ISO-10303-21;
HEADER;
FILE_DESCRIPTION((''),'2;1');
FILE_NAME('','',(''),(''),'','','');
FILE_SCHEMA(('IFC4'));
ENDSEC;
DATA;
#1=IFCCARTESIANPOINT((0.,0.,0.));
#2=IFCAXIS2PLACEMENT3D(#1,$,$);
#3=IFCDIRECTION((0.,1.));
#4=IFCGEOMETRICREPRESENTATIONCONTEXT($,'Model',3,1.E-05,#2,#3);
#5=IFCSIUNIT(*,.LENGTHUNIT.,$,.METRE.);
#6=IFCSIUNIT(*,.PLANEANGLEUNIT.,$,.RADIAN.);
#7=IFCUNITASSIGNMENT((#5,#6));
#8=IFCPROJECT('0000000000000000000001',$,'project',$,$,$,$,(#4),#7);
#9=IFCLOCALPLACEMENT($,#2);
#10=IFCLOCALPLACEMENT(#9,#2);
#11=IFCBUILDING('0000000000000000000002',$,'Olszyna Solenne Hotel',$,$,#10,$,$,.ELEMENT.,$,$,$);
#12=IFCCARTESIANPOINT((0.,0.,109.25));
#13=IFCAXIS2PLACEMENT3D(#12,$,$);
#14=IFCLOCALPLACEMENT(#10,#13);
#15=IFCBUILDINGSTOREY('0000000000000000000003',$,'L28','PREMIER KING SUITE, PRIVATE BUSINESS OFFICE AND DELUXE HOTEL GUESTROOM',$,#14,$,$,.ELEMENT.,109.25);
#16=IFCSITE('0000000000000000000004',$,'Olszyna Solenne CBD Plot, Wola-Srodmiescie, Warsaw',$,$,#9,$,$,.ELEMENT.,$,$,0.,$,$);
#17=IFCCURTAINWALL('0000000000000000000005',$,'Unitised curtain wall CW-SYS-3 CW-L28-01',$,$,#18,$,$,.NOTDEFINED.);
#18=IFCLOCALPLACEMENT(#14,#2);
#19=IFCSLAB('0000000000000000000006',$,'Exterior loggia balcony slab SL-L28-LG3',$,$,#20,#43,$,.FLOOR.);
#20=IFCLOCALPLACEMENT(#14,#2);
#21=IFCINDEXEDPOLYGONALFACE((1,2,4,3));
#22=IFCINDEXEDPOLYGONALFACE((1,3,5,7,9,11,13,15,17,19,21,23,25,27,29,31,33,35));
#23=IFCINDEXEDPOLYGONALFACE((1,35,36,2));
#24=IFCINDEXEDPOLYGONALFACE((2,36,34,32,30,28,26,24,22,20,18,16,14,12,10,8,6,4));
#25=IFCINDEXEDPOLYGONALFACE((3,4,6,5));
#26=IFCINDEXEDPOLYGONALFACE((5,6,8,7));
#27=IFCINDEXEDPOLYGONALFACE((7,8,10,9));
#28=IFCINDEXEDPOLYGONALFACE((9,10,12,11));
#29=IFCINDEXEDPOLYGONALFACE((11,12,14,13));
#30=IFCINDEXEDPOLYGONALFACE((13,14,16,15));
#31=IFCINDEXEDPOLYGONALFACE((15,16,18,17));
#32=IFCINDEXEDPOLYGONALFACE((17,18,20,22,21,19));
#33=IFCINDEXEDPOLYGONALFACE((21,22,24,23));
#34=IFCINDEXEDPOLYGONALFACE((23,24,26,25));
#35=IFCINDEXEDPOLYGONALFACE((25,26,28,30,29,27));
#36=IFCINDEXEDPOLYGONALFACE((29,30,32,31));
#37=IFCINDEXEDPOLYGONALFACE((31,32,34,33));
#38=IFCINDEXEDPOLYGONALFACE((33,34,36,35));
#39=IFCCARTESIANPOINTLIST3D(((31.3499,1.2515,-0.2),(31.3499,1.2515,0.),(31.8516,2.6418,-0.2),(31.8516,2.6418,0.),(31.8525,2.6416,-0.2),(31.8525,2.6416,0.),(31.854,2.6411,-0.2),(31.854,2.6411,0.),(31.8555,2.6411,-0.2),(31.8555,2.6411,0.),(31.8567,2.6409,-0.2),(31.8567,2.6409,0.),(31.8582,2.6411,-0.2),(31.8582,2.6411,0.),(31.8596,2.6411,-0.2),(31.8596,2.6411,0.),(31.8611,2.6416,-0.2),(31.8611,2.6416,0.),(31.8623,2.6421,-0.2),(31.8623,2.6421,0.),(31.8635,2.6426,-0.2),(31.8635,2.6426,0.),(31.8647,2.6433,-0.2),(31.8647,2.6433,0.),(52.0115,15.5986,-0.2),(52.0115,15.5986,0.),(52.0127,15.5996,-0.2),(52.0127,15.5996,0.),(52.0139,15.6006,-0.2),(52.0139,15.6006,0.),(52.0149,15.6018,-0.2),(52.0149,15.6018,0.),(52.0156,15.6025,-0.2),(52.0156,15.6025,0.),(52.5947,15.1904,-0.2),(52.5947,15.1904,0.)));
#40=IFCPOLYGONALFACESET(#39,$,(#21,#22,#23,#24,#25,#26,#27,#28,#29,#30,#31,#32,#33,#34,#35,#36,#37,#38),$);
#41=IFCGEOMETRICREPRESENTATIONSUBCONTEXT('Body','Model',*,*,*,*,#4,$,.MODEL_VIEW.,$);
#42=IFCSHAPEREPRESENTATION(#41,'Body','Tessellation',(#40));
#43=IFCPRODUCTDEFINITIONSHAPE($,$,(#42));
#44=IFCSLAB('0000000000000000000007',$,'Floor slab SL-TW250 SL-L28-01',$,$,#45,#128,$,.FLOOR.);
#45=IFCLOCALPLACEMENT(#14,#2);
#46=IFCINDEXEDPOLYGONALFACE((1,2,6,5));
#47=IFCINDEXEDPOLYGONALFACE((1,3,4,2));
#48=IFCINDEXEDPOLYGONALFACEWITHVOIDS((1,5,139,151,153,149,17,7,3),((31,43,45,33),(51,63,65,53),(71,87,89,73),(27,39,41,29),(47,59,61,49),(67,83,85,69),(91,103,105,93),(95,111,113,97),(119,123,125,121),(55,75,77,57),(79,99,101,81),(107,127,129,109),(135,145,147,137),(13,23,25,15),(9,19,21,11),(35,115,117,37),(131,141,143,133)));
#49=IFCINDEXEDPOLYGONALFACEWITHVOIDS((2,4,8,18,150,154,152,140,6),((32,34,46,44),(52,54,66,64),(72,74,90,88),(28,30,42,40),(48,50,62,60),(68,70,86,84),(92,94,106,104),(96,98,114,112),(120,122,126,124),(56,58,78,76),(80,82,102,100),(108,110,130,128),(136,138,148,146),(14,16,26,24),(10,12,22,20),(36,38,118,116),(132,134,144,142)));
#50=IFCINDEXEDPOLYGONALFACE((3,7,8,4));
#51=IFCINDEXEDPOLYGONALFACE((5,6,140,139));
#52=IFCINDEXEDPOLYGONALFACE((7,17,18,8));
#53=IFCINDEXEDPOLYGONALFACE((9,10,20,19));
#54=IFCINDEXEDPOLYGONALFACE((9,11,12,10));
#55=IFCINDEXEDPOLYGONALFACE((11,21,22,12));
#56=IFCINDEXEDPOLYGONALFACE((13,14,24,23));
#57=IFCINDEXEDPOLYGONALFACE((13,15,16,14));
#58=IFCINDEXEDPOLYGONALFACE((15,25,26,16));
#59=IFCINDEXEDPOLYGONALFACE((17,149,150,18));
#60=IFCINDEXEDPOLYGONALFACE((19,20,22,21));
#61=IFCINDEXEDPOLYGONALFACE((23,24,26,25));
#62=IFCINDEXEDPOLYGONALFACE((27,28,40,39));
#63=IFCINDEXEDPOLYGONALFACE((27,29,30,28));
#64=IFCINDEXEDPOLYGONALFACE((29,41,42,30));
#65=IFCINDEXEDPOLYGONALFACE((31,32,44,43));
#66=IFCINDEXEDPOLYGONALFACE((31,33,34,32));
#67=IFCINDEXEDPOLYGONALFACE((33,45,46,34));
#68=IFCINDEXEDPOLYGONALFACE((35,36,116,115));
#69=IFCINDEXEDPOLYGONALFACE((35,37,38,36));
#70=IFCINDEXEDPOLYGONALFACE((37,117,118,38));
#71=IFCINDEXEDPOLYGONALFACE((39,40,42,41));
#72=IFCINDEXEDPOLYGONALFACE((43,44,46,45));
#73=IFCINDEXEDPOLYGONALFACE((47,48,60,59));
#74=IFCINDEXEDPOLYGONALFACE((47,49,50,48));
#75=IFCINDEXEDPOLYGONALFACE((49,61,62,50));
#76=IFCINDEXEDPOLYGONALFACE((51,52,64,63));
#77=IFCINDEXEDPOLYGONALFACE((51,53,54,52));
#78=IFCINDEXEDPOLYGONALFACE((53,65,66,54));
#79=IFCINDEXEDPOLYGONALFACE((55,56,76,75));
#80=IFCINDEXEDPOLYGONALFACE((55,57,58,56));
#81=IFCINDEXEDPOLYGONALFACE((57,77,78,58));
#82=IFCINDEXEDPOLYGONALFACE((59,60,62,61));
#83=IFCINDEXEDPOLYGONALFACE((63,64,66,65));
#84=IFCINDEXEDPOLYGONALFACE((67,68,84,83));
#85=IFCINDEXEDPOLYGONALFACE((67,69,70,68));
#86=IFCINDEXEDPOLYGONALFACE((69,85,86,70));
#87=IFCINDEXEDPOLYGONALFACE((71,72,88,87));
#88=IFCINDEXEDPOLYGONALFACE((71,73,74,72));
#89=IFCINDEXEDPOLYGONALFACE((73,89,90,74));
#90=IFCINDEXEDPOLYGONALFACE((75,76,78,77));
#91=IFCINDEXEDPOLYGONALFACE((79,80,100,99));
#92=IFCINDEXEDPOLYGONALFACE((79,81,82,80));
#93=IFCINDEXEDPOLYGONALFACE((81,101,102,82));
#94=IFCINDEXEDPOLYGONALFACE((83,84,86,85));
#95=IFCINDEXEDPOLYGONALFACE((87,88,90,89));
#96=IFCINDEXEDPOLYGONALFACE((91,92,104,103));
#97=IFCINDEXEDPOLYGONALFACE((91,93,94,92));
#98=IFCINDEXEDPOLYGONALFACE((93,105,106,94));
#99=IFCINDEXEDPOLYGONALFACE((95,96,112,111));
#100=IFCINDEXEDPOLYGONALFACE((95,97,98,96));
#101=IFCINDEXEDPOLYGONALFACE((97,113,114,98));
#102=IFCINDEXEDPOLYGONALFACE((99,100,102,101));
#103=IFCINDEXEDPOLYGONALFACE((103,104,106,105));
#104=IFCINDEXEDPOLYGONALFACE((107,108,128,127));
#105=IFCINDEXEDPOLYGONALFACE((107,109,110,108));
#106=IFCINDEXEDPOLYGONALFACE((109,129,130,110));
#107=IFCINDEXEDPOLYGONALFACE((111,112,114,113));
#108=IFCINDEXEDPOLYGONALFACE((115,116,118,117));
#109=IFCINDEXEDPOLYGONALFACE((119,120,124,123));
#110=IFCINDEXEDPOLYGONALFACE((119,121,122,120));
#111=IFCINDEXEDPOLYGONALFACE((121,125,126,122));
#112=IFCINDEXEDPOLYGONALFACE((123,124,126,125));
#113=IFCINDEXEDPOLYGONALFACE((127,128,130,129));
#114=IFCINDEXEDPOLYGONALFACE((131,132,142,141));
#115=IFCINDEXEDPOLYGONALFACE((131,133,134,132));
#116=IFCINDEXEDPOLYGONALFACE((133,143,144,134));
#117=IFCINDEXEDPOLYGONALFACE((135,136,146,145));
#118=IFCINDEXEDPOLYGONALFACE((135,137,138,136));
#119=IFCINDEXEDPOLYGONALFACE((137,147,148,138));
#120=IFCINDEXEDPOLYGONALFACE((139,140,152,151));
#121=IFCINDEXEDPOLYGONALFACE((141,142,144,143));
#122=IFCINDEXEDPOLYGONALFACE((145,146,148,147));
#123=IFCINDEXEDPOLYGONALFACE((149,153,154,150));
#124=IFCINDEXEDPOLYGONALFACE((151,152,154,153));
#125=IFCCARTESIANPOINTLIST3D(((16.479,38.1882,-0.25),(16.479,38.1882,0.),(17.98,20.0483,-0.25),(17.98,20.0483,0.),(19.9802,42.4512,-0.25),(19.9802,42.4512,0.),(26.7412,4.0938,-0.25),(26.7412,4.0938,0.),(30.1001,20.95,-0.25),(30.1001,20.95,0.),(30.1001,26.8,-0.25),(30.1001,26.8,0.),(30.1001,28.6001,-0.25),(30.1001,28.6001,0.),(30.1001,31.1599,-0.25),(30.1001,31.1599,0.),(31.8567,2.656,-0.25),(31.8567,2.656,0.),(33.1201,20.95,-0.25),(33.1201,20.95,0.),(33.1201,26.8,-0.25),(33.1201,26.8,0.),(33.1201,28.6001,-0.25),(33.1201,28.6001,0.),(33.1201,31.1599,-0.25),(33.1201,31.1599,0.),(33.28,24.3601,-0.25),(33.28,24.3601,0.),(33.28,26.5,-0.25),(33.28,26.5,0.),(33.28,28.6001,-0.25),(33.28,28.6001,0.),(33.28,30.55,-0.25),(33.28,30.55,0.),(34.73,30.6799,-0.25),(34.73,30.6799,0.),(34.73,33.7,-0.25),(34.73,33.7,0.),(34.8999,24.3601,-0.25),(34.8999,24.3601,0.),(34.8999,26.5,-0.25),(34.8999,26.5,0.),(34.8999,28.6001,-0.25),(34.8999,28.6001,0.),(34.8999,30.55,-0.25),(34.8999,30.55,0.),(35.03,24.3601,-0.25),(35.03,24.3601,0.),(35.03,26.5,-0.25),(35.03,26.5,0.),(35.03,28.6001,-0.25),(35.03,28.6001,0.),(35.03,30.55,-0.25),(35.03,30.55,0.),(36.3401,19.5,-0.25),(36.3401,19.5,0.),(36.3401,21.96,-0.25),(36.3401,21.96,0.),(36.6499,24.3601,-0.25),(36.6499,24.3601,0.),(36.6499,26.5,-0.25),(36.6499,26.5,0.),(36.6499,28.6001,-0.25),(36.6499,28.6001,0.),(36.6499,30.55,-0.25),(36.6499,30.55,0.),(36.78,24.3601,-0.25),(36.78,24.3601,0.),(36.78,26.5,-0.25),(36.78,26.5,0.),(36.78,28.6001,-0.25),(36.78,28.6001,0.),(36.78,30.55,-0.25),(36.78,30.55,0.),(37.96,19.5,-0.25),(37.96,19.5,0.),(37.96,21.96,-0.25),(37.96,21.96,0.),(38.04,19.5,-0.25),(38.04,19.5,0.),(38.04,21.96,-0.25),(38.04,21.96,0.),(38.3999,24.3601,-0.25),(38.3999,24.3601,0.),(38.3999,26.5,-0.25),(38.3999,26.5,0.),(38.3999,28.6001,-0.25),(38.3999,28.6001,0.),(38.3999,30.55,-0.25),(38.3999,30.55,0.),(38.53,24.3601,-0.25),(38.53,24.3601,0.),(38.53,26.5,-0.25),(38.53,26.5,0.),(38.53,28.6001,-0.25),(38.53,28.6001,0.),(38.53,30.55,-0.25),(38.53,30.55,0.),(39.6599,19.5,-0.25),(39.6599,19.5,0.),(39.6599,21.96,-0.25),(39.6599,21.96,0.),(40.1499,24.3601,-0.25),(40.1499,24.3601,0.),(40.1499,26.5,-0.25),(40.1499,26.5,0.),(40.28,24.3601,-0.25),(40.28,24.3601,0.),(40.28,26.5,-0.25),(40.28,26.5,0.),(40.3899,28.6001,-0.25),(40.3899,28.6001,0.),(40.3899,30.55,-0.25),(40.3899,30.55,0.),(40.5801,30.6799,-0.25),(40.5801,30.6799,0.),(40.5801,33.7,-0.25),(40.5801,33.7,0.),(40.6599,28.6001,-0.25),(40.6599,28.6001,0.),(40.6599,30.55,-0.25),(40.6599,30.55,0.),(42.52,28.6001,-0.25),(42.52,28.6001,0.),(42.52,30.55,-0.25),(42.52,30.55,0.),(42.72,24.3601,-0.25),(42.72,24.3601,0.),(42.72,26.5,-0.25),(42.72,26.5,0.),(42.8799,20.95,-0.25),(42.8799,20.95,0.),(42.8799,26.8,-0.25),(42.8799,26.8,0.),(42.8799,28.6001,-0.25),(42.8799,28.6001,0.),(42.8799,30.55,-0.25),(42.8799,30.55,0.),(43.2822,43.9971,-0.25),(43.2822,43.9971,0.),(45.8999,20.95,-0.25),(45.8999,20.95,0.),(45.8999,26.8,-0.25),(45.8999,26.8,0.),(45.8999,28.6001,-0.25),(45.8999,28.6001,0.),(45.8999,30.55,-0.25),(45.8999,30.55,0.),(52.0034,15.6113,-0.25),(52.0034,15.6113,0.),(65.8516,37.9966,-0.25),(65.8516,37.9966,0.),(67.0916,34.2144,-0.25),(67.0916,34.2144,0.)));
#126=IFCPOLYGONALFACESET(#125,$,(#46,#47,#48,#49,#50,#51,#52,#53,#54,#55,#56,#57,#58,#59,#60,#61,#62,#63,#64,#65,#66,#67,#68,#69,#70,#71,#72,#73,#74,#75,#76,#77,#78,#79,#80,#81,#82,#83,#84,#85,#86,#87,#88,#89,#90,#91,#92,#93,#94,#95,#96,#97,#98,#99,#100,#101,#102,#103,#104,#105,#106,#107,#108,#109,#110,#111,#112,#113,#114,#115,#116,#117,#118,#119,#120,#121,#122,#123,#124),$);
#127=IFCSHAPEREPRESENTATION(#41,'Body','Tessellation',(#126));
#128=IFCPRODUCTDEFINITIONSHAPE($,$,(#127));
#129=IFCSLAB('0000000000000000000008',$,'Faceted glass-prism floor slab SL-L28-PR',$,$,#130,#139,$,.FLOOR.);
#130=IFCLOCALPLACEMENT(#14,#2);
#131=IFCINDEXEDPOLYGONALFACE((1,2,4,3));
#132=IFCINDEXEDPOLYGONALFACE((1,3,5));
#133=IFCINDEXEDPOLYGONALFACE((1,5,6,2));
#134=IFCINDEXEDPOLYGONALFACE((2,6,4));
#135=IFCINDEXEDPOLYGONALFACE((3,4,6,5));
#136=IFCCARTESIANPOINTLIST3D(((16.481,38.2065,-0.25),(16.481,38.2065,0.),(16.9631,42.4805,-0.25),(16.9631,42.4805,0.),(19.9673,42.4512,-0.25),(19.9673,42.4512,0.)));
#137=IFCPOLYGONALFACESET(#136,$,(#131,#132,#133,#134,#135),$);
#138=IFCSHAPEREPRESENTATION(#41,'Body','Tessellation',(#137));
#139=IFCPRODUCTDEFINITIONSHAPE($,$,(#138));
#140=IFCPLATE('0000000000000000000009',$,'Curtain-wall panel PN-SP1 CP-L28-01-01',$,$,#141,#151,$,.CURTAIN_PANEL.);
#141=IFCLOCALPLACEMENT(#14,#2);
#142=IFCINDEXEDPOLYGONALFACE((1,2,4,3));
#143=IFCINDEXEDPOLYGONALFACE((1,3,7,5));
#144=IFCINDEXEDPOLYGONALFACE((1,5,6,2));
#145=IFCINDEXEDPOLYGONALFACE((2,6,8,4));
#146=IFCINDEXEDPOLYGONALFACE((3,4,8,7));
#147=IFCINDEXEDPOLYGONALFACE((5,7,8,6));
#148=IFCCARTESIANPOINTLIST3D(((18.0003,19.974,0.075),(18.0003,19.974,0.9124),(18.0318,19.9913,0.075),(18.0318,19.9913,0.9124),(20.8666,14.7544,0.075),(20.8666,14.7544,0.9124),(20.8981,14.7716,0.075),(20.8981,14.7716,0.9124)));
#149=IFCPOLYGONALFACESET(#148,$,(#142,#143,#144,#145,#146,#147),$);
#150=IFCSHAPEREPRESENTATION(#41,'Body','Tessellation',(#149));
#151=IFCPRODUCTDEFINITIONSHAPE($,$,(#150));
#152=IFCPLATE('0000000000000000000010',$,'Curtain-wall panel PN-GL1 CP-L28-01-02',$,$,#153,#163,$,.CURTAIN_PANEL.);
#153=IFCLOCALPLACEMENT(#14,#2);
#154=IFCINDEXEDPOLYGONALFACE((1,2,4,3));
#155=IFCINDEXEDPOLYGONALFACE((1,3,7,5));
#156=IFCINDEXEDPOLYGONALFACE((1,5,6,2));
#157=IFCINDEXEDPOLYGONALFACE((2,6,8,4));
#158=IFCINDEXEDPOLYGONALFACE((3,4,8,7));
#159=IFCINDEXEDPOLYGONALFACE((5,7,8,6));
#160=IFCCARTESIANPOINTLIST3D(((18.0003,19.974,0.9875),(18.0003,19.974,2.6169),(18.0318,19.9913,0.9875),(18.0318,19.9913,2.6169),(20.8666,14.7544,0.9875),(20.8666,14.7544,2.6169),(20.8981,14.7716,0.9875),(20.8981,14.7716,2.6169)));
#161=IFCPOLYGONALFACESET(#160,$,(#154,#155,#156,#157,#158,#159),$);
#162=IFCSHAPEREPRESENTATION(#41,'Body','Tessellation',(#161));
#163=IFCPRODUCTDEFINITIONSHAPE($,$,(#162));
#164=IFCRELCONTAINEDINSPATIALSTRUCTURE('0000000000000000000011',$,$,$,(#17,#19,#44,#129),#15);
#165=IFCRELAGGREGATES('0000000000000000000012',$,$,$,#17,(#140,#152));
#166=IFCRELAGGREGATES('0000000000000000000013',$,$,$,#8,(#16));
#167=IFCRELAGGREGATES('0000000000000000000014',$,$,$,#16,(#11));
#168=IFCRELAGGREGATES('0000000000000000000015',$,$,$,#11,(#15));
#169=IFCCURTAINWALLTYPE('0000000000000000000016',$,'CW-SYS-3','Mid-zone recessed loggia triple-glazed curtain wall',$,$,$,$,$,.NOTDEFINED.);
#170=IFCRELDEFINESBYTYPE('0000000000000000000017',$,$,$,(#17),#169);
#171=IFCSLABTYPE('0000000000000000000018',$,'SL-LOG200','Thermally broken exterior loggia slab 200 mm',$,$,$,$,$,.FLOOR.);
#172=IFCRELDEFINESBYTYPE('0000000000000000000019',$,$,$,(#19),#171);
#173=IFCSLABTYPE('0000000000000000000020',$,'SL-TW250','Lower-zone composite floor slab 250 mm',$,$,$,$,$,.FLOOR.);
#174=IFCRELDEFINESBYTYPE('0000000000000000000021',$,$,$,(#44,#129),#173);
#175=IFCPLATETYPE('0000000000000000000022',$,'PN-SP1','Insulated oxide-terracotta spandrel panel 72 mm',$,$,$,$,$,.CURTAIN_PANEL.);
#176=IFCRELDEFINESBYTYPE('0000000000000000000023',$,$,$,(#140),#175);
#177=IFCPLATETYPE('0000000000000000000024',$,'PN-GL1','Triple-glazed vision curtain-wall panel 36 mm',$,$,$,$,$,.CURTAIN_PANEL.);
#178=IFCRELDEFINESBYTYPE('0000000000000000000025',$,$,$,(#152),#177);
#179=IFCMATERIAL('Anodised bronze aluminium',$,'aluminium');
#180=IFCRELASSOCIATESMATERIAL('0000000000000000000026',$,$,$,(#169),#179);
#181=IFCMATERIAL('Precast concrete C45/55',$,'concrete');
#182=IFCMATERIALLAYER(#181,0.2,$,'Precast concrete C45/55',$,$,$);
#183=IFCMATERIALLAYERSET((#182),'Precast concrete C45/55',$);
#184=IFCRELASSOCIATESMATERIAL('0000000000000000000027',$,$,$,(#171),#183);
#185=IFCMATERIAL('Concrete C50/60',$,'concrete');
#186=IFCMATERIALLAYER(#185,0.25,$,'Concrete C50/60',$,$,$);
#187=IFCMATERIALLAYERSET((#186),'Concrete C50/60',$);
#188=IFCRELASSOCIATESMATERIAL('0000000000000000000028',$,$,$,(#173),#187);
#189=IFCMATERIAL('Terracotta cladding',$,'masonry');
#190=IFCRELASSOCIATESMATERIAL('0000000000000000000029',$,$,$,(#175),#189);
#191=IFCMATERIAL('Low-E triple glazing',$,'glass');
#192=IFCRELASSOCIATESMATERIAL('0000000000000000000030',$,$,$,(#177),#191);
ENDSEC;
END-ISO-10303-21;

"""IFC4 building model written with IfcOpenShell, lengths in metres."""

from ifc_helpers import new_model, si_unit, direction, frame, origin, origin_2d, place, context, subcontext, project, spatial, polyline, rectangle, outline, extrude, source, transform, mapped, material, layer, layer_set, type_object, element, aggregate, save


model = new_model("IFC4")

# Units and contexts
model_context = context("Model", 3, precision=1e-05, world=origin(), true_north=direction((0.0, 1.0)))
body_context = subcontext(model_context, "Body", "Model", "MODEL_VIEW")
ifc_project = project(units=[si_unit("LENGTHUNIT", "METRE"), si_unit("PLANEANGLEUNIT", "RADIAN")], contexts=[model_context])

# Site, building, storey
site_placement = place(None, origin())
site = spatial("IfcSite", under=ifc_project, at=site_placement, Name="Olszyna Solenne CBD Plot, Wola-Srodmiescie, Warsaw", CompositionType="ELEMENT", RefElevation=0.0)
building_placement = place(site_placement, origin())
building = spatial("IfcBuilding", under=site, at=building_placement, Name="Olszyna Solenne Hotel", CompositionType="ELEMENT")
storey_placement = place(building_placement, frame((0.0, 0.0, 109.25)))
storey = spatial("IfcBuildingStorey", under=building, at=storey_placement, Name="L28", Description="PREMIER KING SUITE, PRIVATE BUSINESS OFFICE AND DELUXE HOTEL GUESTROOM", CompositionType="ELEMENT", Elevation=109.25)

# Curtain wall
ifc_material_1 = material(Name="Anodised bronze aluminium", Category="aluminium")
curtain_wall_type = type_object("IfcCurtainWallType", Name="CW-SYS-3", Description="Mid-zone recessed loggia triple-glazed curtain wall", PredefinedType="NOTDEFINED", material=ifc_material_1)
curtain_wall_placement = place(storey_placement, origin())
curtain_wall = element("IfcCurtainWall", 1, at=curtain_wall_placement, inside=storey, type_object=curtain_wall_type, Name="Unitised curtain wall CW-SYS-3 CW-L28-01", PredefinedType="NOTDEFINED")

# Slabs
ifc_material_2 = material(Name="Precast concrete C45/55", Category="concrete")
ifc_layer_1 = layer(ifc_material_2, 0.2, Name="Precast concrete C45/55")
ifc_layer_set_1 = layer_set([ifc_layer_1], Name="Precast concrete C45/55")
slab_type_1 = type_object("IfcSlabType", Name="SL-LOG200", Description="Thermally broken exterior loggia slab 200 mm", PredefinedType="FLOOR", material=ifc_layer_set_1)
slab_1_placement = place(storey_placement, frame((0.0, 0.0, -0.2)))
element("IfcSlab", 2, at=slab_1_placement, inside=storey, type_object=slab_type_1, Name="Exterior loggia balcony slab SL-L28-LG3", PredefinedType="FLOOR", context=body_context, shape_type="SweptSolid", body=[
    extrude(outline(polyline([(52.0156, 15.6025), (52.0149, 15.6018), (52.0139, 15.6006), (52.0127, 15.5996), (52.0115, 15.5986), (31.8647, 2.6433), (31.8635, 2.6426), (31.8623, 2.6421), (31.8611, 2.6416), (31.8596, 2.6411), (31.8582, 2.6411), (31.8567, 2.6409), (31.8555, 2.6411), (31.854, 2.6411), (31.8525, 2.6416), (31.8516, 2.6418), (31.3499, 1.2515), (52.5947, 15.1904), (52.0156, 15.6025)])), origin(), (0.0, 0.0, 1.0), 0.2),
])
ifc_material_3 = material(Name="Concrete C50/60", Category="concrete")
ifc_layer_2 = layer(ifc_material_3, 0.25, Name="Concrete C50/60")
ifc_layer_set_2 = layer_set([ifc_layer_2], Name="Concrete C50/60")
slab_type_2 = type_object("IfcSlabType", Name="SL-TW250", Description="Lower-zone composite floor slab 250 mm", PredefinedType="FLOOR", material=ifc_layer_set_2)
slab_2_placement = place(storey_placement, frame((0.0, 0.0, -0.25)))
element("IfcSlab", 3, at=slab_2_placement, inside=storey, type_object=slab_type_2, Name="Floor slab SL-TW250 SL-L28-01", PredefinedType="FLOOR", context=body_context, shape_type="SweptSolid", body=[
    extrude(outline(polyline([(67.0916, 34.2144), (65.8516, 37.9966), (43.2822, 43.9971), (19.9802, 42.4512), (16.479, 38.1882), (17.98, 20.0483), (26.7412, 4.0938), (31.8567, 2.656), (52.0034, 15.6113), (67.0916, 34.2144)]), holes=[polyline([(30.1001, 20.95), (33.1201, 20.95), (33.1201, 26.8), (30.1001, 26.8), (30.1001, 20.95)]), polyline([(42.8799, 20.95), (45.8999, 20.95), (45.8999, 26.8), (42.8799, 26.8), (42.8799, 20.95)]), polyline([(34.73, 30.6799), (40.5801, 30.6799), (40.5801, 33.7), (34.73, 33.7), (34.73, 30.6799)]), polyline([(36.3401, 19.5), (37.96, 19.5), (37.96, 21.96), (36.3401, 21.96), (36.3401, 19.5)]), polyline([(38.04, 19.5), (39.6599, 19.5), (39.6599, 21.96), (38.04, 21.96), (38.04, 19.5)]), polyline([(30.1001, 28.6001), (33.1201, 28.6001), (33.1201, 31.1599), (30.1001, 31.1599), (30.1001, 28.6001)]), polyline([(33.28, 24.3601), (34.8999, 24.3601), (34.8999, 26.5), (33.28, 26.5), (33.28, 24.3601)]), polyline([(35.03, 24.3601), (36.6499, 24.3601), (36.6499, 26.5), (35.03, 26.5), (35.03, 24.3601)]), polyline([(36.78, 24.3601), (38.3999, 24.3601), (38.3999, 26.5), (36.78, 26.5), (36.78, 24.3601)]), polyline([(38.53, 24.3601), (40.1499, 24.3601), (40.1499, 26.5), (38.53, 26.5), (38.53, 24.3601)]), polyline([(40.28, 24.3601), (42.72, 24.3601), (42.72, 26.5), (40.28, 26.5), (40.28, 24.3601)]), polyline([(33.28, 28.6001), (34.8999, 28.6001), (34.8999, 30.55), (33.28, 30.55), (33.28, 28.6001)]), polyline([(35.03, 28.6001), (36.6499, 28.6001), (36.6499, 30.55), (35.03, 30.55), (35.03, 28.6001)]), polyline([(36.78, 28.6001), (38.3999, 28.6001), (38.3999, 30.55), (36.78, 30.55), (36.78, 28.6001)]), polyline([(38.53, 28.6001), (40.3899, 28.6001), (40.3899, 30.55), (38.53, 30.55), (38.53, 28.6001)]), polyline([(40.6599, 28.6001), (42.52, 28.6001), (42.52, 30.55), (40.6599, 30.55), (40.6599, 28.6001)]), polyline([(42.8799, 28.6001), (45.8999, 28.6001), (45.8999, 30.55), (42.8799, 30.55), (42.8799, 28.6001)])]), origin(), (0.0, 0.0, 1.0), 0.25),
])
slab_3_placement = place(storey_placement, frame((0.0, 0.0, -0.25)))
element("IfcSlab", 4, at=slab_3_placement, inside=storey, type_object=slab_type_2, Name="Faceted glass-prism floor slab SL-L28-PR", PredefinedType="FLOOR", context=body_context, shape_type="SweptSolid", body=[
    extrude(outline(polyline([(16.481, 38.2065), (19.9673, 42.4512), (16.9631, 42.4805), (16.481, 38.2065)])), origin(), (0.0, 0.0, 1.0), 0.25),
])

# Plates
ifc_material_4 = material(Name="Terracotta cladding", Category="masonry")
plate_type_1 = type_object("IfcPlateType", Name="PN-SP1", Description="Insulated oxide-terracotta spandrel panel 72 mm", PredefinedType="CURTAIN_PANEL", material=ifc_material_4)
shared_shape_1 = source(origin(), body_context, "Body", "SweptSolid", [
    extrude(rectangle(XDim=5.9548, YDim=0.0359, at=origin_2d()), origin(), (0.0, 0.0, 1.0), 0.8374),
])
plate_1_placement = place(storey_placement, frame((19.4492, 17.3728, 0.075), z_axis=(0.0, 0.0, 1.0), x_axis=(0.481338, -0.876535, 0.0)))
plate_1 = element("IfcPlate", 5, at=plate_1_placement, type_object=plate_type_1, Name="Curtain-wall panel PN-SP1 CP-L28-01-01", PredefinedType="CURTAIN_PANEL", context=body_context, shape_type="MappedRepresentation", body=[
    mapped(shared_shape_1, transform((0.0, 0.0, 0.0), x_axis=(1.0, 0.0, 0.0), y_axis=(0.0, 1.0, 0.0), z_axis=(0.0, 0.0, 1.0), scale=1.0)),
])
ifc_material_5 = material(Name="Low-E triple glazing", Category="glass")
plate_type_2 = type_object("IfcPlateType", Name="PN-GL1", Description="Triple-glazed vision curtain-wall panel 36 mm", PredefinedType="CURTAIN_PANEL", material=ifc_material_5)
shared_shape_2 = source(origin(), body_context, "Body", "SweptSolid", [
    extrude(rectangle(XDim=5.9548, YDim=0.0359, at=origin_2d()), origin(), (0.0, 0.0, 1.0), 1.6294),
])
plate_2_placement = place(storey_placement, frame((19.4492, 17.3728, 0.9875), z_axis=(0.0, 0.0, 1.0), x_axis=(0.481338, -0.876535, 0.0)))
plate_2 = element("IfcPlate", 6, at=plate_2_placement, type_object=plate_type_2, Name="Curtain-wall panel PN-GL1 CP-L28-01-02", PredefinedType="CURTAIN_PANEL", context=body_context, shape_type="MappedRepresentation", body=[
    mapped(shared_shape_2, transform((0.0, 0.0, 0.0), x_axis=(1.0, 0.0, 0.0), y_axis=(0.0, 1.0, 0.0), z_axis=(0.0, 0.0, 1.0), scale=1.0)),
])
aggregate(curtain_wall, [plate_1, plate_2])

save(model, "model.ifc")
